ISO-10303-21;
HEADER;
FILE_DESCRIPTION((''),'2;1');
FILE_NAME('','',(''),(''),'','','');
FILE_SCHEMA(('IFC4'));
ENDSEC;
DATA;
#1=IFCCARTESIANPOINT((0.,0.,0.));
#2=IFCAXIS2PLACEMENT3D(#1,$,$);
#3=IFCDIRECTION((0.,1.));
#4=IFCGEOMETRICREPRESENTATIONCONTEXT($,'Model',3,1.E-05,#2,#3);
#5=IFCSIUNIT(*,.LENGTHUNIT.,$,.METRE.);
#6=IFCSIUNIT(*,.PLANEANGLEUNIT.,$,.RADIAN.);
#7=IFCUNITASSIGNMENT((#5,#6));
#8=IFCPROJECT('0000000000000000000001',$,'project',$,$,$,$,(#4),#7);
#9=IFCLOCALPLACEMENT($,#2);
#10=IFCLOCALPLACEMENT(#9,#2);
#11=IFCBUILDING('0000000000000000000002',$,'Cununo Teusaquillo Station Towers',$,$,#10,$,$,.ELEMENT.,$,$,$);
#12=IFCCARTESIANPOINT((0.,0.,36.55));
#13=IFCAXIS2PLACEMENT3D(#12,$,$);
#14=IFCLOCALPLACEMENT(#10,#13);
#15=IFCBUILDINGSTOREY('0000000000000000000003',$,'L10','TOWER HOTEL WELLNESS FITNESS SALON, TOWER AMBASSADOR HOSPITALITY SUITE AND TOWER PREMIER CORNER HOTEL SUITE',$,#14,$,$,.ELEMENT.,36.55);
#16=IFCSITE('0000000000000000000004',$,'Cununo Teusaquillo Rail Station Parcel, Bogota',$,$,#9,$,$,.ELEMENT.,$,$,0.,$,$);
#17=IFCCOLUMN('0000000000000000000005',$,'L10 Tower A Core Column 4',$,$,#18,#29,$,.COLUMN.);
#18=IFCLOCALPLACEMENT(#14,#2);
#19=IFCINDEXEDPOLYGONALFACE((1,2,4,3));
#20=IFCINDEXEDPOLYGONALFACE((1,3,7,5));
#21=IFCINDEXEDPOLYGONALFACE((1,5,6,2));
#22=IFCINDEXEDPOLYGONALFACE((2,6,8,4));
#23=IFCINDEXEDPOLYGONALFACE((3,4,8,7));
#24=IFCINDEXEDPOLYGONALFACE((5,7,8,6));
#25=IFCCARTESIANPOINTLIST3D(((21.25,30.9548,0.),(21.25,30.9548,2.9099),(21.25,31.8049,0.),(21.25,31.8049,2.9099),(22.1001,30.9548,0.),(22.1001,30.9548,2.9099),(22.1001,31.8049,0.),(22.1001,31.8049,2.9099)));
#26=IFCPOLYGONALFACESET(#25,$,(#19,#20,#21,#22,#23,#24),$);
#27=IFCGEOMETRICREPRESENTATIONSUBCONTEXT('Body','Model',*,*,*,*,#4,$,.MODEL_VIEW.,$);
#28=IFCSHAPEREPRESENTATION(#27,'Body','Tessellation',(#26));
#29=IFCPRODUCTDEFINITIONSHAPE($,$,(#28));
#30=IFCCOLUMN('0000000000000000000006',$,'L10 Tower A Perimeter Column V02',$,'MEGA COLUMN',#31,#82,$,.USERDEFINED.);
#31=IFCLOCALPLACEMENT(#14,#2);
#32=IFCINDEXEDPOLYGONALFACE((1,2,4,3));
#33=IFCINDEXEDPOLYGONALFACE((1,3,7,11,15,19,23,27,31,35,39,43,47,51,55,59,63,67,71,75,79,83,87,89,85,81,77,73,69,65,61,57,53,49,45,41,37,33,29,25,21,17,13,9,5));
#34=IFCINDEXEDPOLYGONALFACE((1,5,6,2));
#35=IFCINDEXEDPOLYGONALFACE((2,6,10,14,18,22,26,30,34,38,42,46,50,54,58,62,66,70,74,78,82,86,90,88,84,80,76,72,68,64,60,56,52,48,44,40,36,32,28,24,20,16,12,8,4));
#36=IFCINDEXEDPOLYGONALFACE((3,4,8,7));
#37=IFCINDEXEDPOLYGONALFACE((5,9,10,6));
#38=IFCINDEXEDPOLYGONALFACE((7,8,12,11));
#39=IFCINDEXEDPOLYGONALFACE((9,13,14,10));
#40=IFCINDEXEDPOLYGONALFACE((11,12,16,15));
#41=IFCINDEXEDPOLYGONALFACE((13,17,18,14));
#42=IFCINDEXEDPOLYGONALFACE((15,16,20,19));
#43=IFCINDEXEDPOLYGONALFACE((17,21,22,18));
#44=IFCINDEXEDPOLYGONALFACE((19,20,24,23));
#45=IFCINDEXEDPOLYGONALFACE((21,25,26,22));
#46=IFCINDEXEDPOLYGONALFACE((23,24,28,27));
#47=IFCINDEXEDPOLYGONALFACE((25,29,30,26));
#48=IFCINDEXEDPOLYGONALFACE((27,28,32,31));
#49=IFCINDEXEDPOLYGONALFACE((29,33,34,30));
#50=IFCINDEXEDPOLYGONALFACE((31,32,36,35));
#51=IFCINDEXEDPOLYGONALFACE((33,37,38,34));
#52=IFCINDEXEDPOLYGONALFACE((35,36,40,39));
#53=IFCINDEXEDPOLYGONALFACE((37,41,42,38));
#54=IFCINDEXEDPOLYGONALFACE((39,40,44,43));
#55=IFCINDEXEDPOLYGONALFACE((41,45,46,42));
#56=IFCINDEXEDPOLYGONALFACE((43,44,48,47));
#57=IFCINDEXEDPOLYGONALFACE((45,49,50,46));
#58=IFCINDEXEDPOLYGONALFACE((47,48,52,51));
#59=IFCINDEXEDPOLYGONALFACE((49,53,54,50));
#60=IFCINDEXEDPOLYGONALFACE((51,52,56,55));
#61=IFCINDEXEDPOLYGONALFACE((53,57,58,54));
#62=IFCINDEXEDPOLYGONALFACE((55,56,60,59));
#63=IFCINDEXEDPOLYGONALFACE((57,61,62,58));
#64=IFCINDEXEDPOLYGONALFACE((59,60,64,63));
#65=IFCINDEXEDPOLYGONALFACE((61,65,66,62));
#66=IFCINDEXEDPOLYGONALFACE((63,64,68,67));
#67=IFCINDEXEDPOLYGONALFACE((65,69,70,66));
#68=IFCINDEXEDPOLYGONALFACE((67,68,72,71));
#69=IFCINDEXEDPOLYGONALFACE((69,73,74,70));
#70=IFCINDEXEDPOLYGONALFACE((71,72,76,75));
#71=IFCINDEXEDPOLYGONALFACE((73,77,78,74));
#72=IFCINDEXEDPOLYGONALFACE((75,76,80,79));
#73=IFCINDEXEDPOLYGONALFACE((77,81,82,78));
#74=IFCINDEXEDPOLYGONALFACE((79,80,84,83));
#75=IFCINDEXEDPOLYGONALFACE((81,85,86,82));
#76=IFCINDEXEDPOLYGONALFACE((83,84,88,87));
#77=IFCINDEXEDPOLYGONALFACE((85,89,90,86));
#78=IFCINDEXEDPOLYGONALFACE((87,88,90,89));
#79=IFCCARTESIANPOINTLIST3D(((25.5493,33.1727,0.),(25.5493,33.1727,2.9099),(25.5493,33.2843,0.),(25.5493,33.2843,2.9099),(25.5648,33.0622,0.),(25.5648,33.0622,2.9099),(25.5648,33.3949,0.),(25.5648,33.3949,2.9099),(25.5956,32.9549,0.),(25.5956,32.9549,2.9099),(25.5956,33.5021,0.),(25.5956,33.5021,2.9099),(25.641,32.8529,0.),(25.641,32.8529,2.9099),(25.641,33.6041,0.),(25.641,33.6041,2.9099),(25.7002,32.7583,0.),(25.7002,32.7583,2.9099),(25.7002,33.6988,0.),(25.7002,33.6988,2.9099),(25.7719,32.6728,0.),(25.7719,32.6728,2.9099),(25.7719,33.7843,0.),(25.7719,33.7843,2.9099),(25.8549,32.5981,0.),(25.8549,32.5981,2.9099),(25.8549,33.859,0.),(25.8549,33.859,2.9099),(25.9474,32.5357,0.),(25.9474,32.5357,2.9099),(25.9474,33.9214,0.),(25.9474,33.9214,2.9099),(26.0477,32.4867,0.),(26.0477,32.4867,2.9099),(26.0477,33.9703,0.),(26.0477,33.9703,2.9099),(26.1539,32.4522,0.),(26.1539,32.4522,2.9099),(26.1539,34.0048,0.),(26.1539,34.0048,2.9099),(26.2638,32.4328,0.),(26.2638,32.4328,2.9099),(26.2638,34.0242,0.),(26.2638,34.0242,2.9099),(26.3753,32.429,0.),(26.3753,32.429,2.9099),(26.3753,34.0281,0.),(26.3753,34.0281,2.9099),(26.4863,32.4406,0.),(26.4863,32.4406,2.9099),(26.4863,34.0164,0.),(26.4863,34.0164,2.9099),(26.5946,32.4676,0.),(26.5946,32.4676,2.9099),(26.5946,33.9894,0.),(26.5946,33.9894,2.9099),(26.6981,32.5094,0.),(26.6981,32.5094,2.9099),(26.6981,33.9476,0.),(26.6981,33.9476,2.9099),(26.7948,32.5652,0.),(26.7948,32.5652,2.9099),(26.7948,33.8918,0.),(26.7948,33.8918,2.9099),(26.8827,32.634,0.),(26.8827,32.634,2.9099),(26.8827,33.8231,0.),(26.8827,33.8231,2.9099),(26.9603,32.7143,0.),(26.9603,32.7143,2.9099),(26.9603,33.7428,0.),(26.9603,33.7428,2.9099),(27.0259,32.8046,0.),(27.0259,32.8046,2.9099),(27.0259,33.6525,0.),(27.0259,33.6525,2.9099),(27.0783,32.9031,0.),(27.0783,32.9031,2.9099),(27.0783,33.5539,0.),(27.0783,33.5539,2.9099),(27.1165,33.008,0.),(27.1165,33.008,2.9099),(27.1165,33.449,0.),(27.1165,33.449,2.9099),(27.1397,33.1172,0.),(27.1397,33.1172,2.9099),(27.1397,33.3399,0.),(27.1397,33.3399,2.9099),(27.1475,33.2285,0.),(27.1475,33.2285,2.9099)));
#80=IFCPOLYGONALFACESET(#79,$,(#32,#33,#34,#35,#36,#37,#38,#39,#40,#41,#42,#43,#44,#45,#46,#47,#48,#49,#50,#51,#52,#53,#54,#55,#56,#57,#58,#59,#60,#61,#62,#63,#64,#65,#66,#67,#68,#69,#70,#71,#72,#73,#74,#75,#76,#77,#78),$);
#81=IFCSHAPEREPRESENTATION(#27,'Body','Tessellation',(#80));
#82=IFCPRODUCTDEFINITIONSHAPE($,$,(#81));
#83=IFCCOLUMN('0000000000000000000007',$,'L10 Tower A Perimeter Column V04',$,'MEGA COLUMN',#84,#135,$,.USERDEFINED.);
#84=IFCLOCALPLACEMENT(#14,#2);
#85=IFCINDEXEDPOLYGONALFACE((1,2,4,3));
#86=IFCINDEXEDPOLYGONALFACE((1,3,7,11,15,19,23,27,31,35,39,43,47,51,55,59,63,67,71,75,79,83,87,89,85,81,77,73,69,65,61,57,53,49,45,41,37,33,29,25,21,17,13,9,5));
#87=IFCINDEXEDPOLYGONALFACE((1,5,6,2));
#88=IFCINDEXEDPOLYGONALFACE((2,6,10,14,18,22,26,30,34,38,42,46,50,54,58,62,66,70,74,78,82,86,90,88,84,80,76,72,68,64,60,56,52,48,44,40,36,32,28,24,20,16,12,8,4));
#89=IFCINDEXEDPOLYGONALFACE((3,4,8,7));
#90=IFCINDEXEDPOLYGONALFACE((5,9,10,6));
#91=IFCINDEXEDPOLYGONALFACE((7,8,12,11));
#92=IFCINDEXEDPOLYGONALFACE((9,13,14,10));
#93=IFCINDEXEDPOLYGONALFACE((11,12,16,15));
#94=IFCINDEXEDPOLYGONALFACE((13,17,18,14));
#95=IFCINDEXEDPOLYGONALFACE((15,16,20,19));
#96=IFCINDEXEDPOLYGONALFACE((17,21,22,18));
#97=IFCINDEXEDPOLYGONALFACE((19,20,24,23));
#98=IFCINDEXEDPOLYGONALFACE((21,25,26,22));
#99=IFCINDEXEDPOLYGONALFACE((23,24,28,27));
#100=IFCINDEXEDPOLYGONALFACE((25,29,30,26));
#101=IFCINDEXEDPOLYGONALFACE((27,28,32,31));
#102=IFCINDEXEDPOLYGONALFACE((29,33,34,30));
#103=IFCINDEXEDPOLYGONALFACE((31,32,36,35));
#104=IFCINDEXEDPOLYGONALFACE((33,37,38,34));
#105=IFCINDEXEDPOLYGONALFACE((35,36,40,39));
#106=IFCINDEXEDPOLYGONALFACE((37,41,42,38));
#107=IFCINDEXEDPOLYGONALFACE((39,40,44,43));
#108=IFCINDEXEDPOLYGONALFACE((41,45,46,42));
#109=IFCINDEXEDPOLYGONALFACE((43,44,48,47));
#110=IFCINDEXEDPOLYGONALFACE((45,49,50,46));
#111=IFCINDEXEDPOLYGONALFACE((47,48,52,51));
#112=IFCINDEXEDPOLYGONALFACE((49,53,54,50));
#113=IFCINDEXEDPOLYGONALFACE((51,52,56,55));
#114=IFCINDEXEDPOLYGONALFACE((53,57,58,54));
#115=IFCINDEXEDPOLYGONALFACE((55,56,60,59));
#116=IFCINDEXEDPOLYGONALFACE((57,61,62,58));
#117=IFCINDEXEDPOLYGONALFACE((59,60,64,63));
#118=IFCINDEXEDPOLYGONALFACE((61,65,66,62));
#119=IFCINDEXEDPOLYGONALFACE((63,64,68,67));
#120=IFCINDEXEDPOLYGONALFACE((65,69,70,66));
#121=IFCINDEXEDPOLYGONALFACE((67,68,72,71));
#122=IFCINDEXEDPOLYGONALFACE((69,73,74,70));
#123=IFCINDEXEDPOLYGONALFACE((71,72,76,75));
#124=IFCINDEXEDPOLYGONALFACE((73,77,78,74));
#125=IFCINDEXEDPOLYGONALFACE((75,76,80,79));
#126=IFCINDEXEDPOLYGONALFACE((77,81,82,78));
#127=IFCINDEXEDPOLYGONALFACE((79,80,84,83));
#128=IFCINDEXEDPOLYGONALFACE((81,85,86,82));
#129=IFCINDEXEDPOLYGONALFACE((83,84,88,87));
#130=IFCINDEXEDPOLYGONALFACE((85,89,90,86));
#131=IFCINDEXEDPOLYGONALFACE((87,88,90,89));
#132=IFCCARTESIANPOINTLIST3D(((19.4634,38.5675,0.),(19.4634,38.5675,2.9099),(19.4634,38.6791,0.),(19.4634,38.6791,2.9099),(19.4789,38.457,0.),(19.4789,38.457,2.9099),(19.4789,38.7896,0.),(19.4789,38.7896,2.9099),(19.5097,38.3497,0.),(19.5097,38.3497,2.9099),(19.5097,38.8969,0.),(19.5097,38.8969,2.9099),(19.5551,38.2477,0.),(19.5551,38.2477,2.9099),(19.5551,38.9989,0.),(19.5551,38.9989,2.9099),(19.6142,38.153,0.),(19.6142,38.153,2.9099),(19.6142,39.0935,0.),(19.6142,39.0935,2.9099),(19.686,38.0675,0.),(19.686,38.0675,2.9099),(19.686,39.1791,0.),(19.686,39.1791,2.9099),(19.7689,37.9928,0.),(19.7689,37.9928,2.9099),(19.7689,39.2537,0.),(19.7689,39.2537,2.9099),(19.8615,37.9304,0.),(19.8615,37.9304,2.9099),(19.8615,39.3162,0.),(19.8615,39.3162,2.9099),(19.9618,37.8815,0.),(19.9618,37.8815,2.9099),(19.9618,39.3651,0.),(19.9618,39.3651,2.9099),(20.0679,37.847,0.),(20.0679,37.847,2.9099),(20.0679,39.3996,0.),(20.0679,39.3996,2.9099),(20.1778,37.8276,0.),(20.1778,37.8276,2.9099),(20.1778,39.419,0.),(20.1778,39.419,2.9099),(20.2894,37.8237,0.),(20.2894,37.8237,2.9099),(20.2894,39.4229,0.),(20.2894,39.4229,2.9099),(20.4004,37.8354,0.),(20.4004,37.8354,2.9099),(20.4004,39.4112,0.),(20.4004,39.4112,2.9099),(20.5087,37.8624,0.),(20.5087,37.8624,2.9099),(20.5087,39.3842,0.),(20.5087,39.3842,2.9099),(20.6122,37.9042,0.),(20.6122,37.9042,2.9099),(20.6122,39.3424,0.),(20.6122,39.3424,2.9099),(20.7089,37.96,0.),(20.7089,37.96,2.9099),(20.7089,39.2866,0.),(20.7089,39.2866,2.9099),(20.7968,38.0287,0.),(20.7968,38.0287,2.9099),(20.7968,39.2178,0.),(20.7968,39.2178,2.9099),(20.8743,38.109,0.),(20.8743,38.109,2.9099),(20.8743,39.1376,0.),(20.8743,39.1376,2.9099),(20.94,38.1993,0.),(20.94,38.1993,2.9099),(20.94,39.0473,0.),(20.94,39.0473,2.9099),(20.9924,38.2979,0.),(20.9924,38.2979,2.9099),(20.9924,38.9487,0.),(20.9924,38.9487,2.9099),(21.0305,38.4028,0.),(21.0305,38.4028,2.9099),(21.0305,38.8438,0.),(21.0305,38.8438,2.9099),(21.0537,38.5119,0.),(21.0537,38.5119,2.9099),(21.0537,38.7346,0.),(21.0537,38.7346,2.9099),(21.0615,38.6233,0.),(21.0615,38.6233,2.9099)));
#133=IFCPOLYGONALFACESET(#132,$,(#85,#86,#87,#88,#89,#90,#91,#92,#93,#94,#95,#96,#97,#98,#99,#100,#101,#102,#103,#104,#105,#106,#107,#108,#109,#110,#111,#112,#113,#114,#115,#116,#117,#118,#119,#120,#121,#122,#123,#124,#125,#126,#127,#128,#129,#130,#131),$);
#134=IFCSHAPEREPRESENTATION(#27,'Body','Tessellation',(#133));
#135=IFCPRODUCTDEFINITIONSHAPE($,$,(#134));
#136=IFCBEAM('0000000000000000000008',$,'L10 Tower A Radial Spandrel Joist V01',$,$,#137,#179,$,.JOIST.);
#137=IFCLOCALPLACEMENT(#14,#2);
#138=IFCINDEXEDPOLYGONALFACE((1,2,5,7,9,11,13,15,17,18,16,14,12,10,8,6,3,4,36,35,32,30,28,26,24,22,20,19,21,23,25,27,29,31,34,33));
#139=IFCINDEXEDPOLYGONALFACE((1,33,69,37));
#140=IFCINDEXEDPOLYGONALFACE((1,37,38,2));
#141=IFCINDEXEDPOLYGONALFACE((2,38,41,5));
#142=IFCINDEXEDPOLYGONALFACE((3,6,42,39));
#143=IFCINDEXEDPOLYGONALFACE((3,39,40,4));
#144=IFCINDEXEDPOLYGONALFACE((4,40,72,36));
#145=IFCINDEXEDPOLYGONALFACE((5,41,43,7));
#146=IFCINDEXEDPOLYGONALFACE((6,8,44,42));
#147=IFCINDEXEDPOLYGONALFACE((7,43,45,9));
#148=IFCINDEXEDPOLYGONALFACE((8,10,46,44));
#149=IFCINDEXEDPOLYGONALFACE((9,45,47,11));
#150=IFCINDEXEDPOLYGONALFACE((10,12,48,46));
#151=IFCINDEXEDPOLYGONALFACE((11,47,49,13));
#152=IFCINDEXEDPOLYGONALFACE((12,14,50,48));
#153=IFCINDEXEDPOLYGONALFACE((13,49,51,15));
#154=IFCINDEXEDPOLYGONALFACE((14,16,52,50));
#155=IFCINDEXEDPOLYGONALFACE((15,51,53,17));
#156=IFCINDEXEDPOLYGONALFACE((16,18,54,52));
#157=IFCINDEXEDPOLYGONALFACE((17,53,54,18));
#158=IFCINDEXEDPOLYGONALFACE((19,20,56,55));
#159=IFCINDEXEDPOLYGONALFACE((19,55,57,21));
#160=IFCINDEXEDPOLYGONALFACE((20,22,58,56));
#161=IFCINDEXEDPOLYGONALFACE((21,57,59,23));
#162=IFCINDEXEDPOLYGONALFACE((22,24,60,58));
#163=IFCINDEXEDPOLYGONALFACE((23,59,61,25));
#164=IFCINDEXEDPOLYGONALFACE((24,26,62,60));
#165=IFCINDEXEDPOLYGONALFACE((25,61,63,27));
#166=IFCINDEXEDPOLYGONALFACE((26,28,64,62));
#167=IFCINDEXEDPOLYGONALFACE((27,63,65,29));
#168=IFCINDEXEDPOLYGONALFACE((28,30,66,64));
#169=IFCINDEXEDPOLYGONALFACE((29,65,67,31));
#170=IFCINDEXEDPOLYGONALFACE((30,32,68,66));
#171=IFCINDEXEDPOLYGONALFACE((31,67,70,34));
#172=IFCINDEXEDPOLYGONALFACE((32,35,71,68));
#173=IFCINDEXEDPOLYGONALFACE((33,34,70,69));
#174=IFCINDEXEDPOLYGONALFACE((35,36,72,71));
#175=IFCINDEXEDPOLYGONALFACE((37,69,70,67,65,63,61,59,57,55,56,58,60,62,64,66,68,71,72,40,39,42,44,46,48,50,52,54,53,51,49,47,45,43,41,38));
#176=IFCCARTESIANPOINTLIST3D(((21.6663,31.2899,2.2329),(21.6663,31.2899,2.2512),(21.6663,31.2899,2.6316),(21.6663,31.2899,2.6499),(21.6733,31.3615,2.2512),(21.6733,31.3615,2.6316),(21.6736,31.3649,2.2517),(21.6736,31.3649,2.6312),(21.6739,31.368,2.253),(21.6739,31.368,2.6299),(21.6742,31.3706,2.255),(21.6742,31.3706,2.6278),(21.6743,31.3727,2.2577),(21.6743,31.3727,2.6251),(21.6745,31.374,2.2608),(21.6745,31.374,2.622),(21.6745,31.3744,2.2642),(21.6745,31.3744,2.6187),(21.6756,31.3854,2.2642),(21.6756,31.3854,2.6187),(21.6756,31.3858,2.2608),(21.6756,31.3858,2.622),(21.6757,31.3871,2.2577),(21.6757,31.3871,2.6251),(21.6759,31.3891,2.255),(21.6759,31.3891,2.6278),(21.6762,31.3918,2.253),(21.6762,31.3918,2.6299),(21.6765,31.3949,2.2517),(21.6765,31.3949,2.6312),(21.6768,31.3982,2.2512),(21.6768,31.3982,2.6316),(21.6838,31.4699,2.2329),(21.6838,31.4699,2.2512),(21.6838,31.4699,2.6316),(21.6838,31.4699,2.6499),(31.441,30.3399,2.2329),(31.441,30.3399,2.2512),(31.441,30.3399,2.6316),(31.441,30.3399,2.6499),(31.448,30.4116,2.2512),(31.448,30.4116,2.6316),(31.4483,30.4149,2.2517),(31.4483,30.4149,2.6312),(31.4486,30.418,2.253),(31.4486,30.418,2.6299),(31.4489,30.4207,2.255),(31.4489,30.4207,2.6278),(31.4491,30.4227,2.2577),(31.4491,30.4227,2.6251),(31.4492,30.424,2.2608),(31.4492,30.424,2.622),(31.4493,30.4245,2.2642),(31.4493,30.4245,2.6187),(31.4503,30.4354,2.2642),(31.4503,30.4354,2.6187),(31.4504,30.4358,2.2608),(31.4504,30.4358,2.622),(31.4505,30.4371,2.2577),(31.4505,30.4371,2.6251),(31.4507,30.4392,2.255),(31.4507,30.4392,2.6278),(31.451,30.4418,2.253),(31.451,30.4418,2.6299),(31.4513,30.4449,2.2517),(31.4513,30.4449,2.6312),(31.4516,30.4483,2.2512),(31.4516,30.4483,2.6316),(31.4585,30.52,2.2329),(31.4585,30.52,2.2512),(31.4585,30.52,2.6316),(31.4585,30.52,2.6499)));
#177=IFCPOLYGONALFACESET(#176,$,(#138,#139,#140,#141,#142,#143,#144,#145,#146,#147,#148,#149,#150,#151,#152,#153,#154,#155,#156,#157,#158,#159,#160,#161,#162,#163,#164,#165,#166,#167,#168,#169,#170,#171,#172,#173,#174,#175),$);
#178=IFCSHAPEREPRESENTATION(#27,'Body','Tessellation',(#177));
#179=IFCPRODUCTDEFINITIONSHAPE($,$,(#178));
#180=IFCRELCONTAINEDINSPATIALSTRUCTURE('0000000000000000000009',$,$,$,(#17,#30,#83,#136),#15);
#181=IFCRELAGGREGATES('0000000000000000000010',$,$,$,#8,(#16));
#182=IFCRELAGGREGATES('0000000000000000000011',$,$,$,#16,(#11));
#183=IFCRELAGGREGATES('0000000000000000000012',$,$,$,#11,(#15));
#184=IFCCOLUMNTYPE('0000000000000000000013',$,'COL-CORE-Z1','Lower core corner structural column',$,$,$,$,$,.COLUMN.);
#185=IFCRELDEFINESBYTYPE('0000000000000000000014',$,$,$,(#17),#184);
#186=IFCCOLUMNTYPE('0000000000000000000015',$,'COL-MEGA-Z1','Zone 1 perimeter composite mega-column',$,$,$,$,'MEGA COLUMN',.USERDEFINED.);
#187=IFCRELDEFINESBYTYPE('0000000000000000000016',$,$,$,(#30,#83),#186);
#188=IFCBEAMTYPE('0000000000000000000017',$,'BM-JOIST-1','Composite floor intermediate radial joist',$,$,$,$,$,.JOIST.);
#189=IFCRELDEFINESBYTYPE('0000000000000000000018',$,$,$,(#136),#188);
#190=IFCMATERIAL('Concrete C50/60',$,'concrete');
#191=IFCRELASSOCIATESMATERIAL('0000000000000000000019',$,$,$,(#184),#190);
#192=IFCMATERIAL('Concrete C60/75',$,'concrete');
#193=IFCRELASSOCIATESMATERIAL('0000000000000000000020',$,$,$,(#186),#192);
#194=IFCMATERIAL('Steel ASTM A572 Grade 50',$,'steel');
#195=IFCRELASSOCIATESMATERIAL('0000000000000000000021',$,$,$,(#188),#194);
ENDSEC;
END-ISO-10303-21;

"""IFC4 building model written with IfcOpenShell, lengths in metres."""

from ifc_helpers import new_model, si_unit, direction, frame, origin, origin_2d, place, context, subcontext, project, spatial, rectangle, circle, i_section, extrude, material, material_profile, profile_set, type_object, element, save


model = new_model("IFC4")

# Units and contexts
model_context = context("Model", 3, precision=1e-05, world=origin(), true_north=direction((0.0, 1.0)))
body_context = subcontext(model_context, "Body", "Model", "MODEL_VIEW")
ifc_project = project(units=[si_unit("LENGTHUNIT", "METRE"), si_unit("PLANEANGLEUNIT", "RADIAN")], contexts=[model_context])

# Site, building, storey
site_placement = place(None, origin())
site = spatial("IfcSite", under=ifc_project, at=site_placement, Name="Cununo Teusaquillo Rail Station Parcel, Bogota", CompositionType="ELEMENT", RefElevation=0.0)
building_placement = place(site_placement, origin())
building = spatial("IfcBuilding", under=site, at=building_placement, Name="Cununo Teusaquillo Station Towers", CompositionType="ELEMENT")
storey_placement = place(building_placement, frame((0.0, 0.0, 36.55)))
storey = spatial("IfcBuildingStorey", under=building, at=storey_placement, Name="L10", Description="TOWER HOTEL WELLNESS FITNESS SALON, TOWER AMBASSADOR HOSPITALITY SUITE AND TOWER PREMIER CORNER HOTEL SUITE", CompositionType="ELEMENT", Elevation=36.55)

# Columns
ifc_material_1 = material(Name="Concrete C50/60", Category="concrete")
ifc_material_profile_1 = material_profile(ifc_material_1, rectangle(XDim=0.8501, YDim=0.8501, at=origin_2d()), Name="RC-RECT-850x850")
ifc_profile_set_1 = profile_set([ifc_material_profile_1], Name="Concrete C50/60")
column_type_1 = type_object("IfcColumnType", Name="COL-CORE-Z1", Description="Lower core corner structural column", PredefinedType="COLUMN", material=ifc_profile_set_1)
column_placement = place(storey_placement, frame((21.675, 31.3799, 0.0), z_axis=(0.0, 0.0, 1.0), x_axis=(1.0, 0.0, 0.0)))
element("IfcColumn", 1, at=column_placement, inside=storey, type_object=column_type_1, Name="L10 Tower A Core Column 4", PredefinedType="COLUMN", context=body_context, shape_type="SweptSolid", body=[
    extrude(rectangle(XDim=0.8501, YDim=0.8501, at=origin_2d()), origin(), (0.0, 0.0, 1.0), 2.9099),
])
ifc_material_2 = material(Name="Concrete C60/75", Category="concrete")
ifc_material_profile_2 = material_profile(ifc_material_2, circle(Radius=0.8, at=origin_2d()), Name="RC-CIRC-1600")
ifc_profile_set_2 = profile_set([ifc_material_profile_2], Name="Concrete C60/75")
column_type_2 = type_object("IfcColumnType", Name="COL-MEGA-Z1", Description="Zone 1 perimeter composite mega-column", ElementType="MEGA COLUMN", PredefinedType="USERDEFINED", material=ifc_profile_set_2)
for number, where, z_axis, x_axis, name in (
    (2, (26.3474, 33.2285, 0.0), (0.0, 0.0, 1.0), (1.0, 0.0, 0.0), "L10 Tower A Perimeter Column V02"),
    (3, (20.2615, 38.6233, 0.0), (0.0, 0.0, 1.0), (1.0, 0.0, 0.0), "L10 Tower A Perimeter Column V04"),
):
    element("IfcColumn", number, at=place(storey_placement, frame(where, z_axis=z_axis, x_axis=x_axis)), inside=storey, type_object=column_type_2, Name=name, ObjectType="MEGA COLUMN", PredefinedType="USERDEFINED", context=body_context, shape_type="SweptSolid", body=[
        extrude(circle(Radius=0.8, at=origin_2d()), origin(), (0.0, 0.0, 1.0), 2.9099),
    ])

# Beam
ifc_material_3 = material(Name="Steel ASTM A572 Grade 50", Category="steel")
ifc_material_profile_3 = material_profile(ifc_material_3, i_section(OverallWidth=0.1809, OverallDepth=0.417, WebThickness=0.011, FlangeThickness=0.0183, FilletRadius=0.0129, at=origin_2d()), Name="W16X57")
ifc_profile_set_3 = profile_set([ifc_material_profile_3], Name="Steel ASTM A572 Grade 50")
beam_type_1 = type_object("IfcBeamType", Name="BM-JOIST-1", Description="Composite floor intermediate radial joist", PredefinedType="JOIST", material=ifc_profile_set_3)
beam_1_placement = place(storey_placement, frame((21.675, 31.3799, 2.4414), z_axis=(0.995311, -0.096729, 0.0), x_axis=(0.096729, 0.995311, 0.0)))
element("IfcBeam", 4, at=beam_1_placement, inside=storey, type_object=beam_type_1, Name="L10 Tower A Radial Spandrel Joist V01", PredefinedType="JOIST", context=body_context, shape_type="SweptSolid", body=[
    extrude(i_section(OverallWidth=0.1809, OverallDepth=0.417, WebThickness=0.011, FlangeThickness=0.0183, FilletRadius=0.0129, at=origin_2d()), origin(), (0.0, 0.0, 1.0), 9.8208),
])

save(model, "model.ifc")
